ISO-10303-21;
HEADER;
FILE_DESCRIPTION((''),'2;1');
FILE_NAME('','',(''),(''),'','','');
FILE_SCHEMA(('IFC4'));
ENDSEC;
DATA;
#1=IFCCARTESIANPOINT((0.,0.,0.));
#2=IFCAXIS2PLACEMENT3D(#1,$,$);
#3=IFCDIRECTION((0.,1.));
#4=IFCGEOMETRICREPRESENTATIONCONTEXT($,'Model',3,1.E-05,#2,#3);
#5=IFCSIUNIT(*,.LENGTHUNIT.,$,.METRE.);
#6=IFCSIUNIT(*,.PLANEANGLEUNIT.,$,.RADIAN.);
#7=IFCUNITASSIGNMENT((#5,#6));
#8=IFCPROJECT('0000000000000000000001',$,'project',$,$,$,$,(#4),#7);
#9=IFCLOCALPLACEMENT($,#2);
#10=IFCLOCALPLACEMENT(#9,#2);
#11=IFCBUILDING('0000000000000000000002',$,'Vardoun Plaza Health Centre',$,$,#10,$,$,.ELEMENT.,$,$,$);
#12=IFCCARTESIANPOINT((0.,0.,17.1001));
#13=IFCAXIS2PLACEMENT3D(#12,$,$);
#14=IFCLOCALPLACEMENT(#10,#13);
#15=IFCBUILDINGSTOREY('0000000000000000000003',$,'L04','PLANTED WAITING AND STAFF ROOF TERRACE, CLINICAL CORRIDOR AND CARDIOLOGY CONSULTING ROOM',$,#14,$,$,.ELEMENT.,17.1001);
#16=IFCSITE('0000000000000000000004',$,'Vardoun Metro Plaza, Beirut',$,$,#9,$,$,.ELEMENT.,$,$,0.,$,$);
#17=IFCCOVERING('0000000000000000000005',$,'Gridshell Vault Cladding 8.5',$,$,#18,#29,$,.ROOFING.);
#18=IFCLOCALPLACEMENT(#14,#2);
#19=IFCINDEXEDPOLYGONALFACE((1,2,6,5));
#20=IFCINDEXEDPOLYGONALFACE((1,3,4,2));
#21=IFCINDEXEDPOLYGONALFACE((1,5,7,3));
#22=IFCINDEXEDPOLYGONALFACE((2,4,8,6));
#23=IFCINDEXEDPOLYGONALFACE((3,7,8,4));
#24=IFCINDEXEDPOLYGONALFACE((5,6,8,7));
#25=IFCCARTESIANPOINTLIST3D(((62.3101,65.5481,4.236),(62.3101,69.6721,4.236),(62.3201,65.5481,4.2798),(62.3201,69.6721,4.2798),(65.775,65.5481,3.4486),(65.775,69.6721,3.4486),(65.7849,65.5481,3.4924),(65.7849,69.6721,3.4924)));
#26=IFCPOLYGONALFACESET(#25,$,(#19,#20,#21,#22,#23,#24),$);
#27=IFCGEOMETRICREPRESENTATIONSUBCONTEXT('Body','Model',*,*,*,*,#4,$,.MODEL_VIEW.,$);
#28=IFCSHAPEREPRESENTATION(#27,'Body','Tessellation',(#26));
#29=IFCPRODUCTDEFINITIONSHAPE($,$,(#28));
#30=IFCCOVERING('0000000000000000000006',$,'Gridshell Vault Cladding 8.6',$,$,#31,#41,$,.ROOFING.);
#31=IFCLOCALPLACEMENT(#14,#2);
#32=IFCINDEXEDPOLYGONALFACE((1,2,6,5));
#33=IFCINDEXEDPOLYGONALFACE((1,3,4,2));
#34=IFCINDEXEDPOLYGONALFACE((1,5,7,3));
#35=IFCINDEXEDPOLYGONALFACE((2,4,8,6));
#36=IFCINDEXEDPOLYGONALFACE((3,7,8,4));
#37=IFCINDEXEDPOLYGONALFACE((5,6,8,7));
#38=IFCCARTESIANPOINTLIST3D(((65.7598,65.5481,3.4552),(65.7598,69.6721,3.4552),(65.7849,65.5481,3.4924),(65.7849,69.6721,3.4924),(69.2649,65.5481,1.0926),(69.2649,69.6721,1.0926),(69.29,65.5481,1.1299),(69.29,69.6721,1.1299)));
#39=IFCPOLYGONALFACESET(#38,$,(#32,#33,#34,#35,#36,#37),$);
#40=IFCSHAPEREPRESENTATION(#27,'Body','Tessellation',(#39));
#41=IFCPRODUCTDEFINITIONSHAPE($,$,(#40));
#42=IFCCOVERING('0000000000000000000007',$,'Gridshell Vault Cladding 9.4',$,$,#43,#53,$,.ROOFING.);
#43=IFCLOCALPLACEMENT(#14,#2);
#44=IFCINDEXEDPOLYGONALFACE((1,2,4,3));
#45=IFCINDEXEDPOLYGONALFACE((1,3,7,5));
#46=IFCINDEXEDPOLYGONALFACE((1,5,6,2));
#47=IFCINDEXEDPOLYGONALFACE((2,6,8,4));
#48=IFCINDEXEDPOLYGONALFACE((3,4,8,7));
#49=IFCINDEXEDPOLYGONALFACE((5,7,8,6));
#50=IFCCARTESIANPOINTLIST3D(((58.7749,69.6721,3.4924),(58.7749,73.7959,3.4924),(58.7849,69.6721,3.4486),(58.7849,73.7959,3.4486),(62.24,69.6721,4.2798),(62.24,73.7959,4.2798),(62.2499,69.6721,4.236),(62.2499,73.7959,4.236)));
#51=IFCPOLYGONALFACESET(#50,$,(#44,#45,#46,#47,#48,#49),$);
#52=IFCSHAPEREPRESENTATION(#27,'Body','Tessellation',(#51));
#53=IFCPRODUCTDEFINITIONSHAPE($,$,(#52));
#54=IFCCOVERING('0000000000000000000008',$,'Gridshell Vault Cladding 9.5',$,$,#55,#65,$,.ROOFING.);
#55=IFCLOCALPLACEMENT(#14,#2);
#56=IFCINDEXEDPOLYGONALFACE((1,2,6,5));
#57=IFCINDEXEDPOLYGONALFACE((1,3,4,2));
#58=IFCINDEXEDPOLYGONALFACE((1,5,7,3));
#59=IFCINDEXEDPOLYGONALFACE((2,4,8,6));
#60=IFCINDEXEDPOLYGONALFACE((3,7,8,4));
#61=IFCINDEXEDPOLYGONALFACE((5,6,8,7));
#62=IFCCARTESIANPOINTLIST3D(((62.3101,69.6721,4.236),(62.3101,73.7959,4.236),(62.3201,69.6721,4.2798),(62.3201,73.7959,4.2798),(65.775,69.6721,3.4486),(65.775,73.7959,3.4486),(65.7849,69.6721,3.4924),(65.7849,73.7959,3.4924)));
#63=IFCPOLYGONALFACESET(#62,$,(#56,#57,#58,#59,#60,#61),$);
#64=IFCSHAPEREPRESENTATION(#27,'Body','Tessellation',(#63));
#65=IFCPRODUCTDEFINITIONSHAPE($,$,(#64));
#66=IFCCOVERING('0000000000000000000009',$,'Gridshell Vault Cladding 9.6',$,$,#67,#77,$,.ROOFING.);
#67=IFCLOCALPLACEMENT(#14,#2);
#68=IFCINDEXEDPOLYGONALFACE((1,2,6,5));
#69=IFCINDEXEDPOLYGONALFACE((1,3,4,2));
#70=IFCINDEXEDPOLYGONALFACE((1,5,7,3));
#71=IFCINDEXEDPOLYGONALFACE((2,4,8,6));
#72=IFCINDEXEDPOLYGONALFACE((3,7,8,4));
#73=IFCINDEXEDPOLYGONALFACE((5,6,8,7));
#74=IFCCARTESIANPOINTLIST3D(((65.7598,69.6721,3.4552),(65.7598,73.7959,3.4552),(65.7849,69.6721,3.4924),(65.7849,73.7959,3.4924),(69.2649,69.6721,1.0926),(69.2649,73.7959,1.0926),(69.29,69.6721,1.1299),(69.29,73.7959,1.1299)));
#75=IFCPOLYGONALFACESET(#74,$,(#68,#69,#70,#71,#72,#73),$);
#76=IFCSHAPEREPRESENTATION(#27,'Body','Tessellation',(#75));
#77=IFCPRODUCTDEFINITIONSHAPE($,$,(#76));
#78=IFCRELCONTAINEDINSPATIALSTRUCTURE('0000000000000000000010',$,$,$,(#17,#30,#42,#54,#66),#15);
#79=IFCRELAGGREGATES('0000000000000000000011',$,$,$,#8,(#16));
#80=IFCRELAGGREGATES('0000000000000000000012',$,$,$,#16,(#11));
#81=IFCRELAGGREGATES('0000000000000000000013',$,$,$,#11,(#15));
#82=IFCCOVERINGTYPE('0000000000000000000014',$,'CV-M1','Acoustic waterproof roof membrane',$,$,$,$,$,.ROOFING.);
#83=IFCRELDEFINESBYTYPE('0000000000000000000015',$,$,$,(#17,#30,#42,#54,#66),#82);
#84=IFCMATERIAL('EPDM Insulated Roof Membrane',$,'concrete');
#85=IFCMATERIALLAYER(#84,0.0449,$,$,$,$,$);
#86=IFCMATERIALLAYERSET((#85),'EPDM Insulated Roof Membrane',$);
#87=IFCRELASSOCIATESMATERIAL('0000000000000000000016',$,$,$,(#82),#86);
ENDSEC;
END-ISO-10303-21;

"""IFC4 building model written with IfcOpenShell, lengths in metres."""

from ifc_helpers import new_model, si_unit, direction, frame, origin, place, context, subcontext, project, spatial, polyline, outline, extrude, material, layer, layer_set, type_object, element, save


model = new_model("IFC4")

# Units and contexts
model_context = context("Model", 3, precision=1e-05, world=origin(), true_north=direction((0.0, 1.0)))
body_context = subcontext(model_context, "Body", "Model", "MODEL_VIEW")
ifc_project = project(units=[si_unit("LENGTHUNIT", "METRE"), si_unit("PLANEANGLEUNIT", "RADIAN")], contexts=[model_context])

# Site, building, storey
site_placement = place(None, origin())
site = spatial("IfcSite", under=ifc_project, at=site_placement, Name="Vardoun Metro Plaza, Beirut", CompositionType="ELEMENT", RefElevation=0.0)
building_placement = place(site_placement, origin())
building = spatial("IfcBuilding", under=site, at=building_placement, Name="Vardoun Plaza Health Centre", CompositionType="ELEMENT")
storey_placement = place(building_placement, frame((0.0, 0.0, 17.1001)))
storey = spatial("IfcBuildingStorey", under=building, at=storey_placement, Name="L04", Description="PLANTED WAITING AND STAFF ROOF TERRACE, CLINICAL CORRIDOR AND CARDIOLOGY CONSULTING ROOM", CompositionType="ELEMENT", Elevation=17.1001)

# Coverings
ifc_material_1 = material(Name="EPDM Insulated Roof Membrane", Category="concrete")
ifc_layer_1 = layer(ifc_material_1, 0.0449)
ifc_layer_set_1 = layer_set([ifc_layer_1], Name="EPDM Insulated Roof Membrane")
covering_type = type_object("IfcCoveringType", Name="CV-M1", Description="Acoustic waterproof roof membrane", PredefinedType="ROOFING", material=ifc_layer_set_1)
covering_1_placement = place(storey_placement, frame((62.3201, 65.5481, 4.2798), z_axis=(0.221591, 0.0, 0.97514), x_axis=(0.97514, 0.0, -0.221591)))
element("IfcCovering", 1, at=covering_1_placement, inside=storey, type_object=covering_type, Name="Gridshell Vault Cladding 8.5", PredefinedType="ROOFING", context=body_context, shape_type="SweptSolid", body=[
    extrude(outline(polyline([(0.0, 0.0), (3.5532, 0.0), (3.5532, 4.124), (0.0, 4.124), (0.0, 0.0)])), origin(), (0.0, 0.0, -1.0), 0.0449),
])
covering_2_placement = place(storey_placement, frame((65.7849, 65.5481, 3.4924), z_axis=(0.558918, 0.0, 0.829223), x_axis=(0.829223, 0.0, -0.558918)))
element("IfcCovering", 2, at=covering_2_placement, inside=storey, type_object=covering_type, Name="Gridshell Vault Cladding 8.6", PredefinedType="ROOFING", context=body_context, shape_type="SweptSolid", body=[
    extrude(outline(polyline([(0.0, 0.0), (4.227, 0.0), (4.227, 4.124), (0.0, 4.124), (0.0, 0.0)])), origin(), (0.0, 0.0, -1.0), 0.0449),
])
covering_3_placement = place(storey_placement, frame((58.7749, 69.6721, 3.4924), z_axis=(-0.221577, 0.0, 0.975143), x_axis=(0.975143, 0.0, 0.221577)))
element("IfcCovering", 3, at=covering_3_placement, inside=storey, type_object=covering_type, Name="Gridshell Vault Cladding 9.4", PredefinedType="ROOFING", context=body_context, shape_type="SweptSolid", body=[
    extrude(outline(polyline([(0.0, 0.0), (3.5534, 0.0), (3.5534, 4.1238), (0.0, 4.1238), (0.0, 0.0)])), origin(), (0.0, 0.0, -1.0), 0.0449),
])
covering_4_placement = place(storey_placement, frame((62.3201, 69.6721, 4.2798), z_axis=(0.221591, 0.0, 0.97514), x_axis=(0.97514, 0.0, -0.221591)))
element("IfcCovering", 4, at=covering_4_placement, inside=storey, type_object=covering_type, Name="Gridshell Vault Cladding 9.5", PredefinedType="ROOFING", context=body_context, shape_type="SweptSolid", body=[
    extrude(outline(polyline([(0.0, 0.0), (3.5532, 0.0), (3.5532, 4.1238), (0.0, 4.1238), (0.0, 0.0)])), origin(), (0.0, 0.0, -1.0), 0.0449),
])
covering_5_placement = place(storey_placement, frame((65.7849, 69.6721, 3.4924), z_axis=(0.558918, 0.0, 0.829223), x_axis=(0.829223, 0.0, -0.558918)))
element("IfcCovering", 5, at=covering_5_placement, inside=storey, type_object=covering_type, Name="Gridshell Vault Cladding 9.6", PredefinedType="ROOFING", context=body_context, shape_type="SweptSolid", body=[
    extrude(outline(polyline([(0.0, 0.0), (4.227, 0.0), (4.227, 4.1238), (0.0, 4.1238), (0.0, 0.0)])), origin(), (0.0, 0.0, -1.0), 0.0449),
])

save(model, "model.ifc")
